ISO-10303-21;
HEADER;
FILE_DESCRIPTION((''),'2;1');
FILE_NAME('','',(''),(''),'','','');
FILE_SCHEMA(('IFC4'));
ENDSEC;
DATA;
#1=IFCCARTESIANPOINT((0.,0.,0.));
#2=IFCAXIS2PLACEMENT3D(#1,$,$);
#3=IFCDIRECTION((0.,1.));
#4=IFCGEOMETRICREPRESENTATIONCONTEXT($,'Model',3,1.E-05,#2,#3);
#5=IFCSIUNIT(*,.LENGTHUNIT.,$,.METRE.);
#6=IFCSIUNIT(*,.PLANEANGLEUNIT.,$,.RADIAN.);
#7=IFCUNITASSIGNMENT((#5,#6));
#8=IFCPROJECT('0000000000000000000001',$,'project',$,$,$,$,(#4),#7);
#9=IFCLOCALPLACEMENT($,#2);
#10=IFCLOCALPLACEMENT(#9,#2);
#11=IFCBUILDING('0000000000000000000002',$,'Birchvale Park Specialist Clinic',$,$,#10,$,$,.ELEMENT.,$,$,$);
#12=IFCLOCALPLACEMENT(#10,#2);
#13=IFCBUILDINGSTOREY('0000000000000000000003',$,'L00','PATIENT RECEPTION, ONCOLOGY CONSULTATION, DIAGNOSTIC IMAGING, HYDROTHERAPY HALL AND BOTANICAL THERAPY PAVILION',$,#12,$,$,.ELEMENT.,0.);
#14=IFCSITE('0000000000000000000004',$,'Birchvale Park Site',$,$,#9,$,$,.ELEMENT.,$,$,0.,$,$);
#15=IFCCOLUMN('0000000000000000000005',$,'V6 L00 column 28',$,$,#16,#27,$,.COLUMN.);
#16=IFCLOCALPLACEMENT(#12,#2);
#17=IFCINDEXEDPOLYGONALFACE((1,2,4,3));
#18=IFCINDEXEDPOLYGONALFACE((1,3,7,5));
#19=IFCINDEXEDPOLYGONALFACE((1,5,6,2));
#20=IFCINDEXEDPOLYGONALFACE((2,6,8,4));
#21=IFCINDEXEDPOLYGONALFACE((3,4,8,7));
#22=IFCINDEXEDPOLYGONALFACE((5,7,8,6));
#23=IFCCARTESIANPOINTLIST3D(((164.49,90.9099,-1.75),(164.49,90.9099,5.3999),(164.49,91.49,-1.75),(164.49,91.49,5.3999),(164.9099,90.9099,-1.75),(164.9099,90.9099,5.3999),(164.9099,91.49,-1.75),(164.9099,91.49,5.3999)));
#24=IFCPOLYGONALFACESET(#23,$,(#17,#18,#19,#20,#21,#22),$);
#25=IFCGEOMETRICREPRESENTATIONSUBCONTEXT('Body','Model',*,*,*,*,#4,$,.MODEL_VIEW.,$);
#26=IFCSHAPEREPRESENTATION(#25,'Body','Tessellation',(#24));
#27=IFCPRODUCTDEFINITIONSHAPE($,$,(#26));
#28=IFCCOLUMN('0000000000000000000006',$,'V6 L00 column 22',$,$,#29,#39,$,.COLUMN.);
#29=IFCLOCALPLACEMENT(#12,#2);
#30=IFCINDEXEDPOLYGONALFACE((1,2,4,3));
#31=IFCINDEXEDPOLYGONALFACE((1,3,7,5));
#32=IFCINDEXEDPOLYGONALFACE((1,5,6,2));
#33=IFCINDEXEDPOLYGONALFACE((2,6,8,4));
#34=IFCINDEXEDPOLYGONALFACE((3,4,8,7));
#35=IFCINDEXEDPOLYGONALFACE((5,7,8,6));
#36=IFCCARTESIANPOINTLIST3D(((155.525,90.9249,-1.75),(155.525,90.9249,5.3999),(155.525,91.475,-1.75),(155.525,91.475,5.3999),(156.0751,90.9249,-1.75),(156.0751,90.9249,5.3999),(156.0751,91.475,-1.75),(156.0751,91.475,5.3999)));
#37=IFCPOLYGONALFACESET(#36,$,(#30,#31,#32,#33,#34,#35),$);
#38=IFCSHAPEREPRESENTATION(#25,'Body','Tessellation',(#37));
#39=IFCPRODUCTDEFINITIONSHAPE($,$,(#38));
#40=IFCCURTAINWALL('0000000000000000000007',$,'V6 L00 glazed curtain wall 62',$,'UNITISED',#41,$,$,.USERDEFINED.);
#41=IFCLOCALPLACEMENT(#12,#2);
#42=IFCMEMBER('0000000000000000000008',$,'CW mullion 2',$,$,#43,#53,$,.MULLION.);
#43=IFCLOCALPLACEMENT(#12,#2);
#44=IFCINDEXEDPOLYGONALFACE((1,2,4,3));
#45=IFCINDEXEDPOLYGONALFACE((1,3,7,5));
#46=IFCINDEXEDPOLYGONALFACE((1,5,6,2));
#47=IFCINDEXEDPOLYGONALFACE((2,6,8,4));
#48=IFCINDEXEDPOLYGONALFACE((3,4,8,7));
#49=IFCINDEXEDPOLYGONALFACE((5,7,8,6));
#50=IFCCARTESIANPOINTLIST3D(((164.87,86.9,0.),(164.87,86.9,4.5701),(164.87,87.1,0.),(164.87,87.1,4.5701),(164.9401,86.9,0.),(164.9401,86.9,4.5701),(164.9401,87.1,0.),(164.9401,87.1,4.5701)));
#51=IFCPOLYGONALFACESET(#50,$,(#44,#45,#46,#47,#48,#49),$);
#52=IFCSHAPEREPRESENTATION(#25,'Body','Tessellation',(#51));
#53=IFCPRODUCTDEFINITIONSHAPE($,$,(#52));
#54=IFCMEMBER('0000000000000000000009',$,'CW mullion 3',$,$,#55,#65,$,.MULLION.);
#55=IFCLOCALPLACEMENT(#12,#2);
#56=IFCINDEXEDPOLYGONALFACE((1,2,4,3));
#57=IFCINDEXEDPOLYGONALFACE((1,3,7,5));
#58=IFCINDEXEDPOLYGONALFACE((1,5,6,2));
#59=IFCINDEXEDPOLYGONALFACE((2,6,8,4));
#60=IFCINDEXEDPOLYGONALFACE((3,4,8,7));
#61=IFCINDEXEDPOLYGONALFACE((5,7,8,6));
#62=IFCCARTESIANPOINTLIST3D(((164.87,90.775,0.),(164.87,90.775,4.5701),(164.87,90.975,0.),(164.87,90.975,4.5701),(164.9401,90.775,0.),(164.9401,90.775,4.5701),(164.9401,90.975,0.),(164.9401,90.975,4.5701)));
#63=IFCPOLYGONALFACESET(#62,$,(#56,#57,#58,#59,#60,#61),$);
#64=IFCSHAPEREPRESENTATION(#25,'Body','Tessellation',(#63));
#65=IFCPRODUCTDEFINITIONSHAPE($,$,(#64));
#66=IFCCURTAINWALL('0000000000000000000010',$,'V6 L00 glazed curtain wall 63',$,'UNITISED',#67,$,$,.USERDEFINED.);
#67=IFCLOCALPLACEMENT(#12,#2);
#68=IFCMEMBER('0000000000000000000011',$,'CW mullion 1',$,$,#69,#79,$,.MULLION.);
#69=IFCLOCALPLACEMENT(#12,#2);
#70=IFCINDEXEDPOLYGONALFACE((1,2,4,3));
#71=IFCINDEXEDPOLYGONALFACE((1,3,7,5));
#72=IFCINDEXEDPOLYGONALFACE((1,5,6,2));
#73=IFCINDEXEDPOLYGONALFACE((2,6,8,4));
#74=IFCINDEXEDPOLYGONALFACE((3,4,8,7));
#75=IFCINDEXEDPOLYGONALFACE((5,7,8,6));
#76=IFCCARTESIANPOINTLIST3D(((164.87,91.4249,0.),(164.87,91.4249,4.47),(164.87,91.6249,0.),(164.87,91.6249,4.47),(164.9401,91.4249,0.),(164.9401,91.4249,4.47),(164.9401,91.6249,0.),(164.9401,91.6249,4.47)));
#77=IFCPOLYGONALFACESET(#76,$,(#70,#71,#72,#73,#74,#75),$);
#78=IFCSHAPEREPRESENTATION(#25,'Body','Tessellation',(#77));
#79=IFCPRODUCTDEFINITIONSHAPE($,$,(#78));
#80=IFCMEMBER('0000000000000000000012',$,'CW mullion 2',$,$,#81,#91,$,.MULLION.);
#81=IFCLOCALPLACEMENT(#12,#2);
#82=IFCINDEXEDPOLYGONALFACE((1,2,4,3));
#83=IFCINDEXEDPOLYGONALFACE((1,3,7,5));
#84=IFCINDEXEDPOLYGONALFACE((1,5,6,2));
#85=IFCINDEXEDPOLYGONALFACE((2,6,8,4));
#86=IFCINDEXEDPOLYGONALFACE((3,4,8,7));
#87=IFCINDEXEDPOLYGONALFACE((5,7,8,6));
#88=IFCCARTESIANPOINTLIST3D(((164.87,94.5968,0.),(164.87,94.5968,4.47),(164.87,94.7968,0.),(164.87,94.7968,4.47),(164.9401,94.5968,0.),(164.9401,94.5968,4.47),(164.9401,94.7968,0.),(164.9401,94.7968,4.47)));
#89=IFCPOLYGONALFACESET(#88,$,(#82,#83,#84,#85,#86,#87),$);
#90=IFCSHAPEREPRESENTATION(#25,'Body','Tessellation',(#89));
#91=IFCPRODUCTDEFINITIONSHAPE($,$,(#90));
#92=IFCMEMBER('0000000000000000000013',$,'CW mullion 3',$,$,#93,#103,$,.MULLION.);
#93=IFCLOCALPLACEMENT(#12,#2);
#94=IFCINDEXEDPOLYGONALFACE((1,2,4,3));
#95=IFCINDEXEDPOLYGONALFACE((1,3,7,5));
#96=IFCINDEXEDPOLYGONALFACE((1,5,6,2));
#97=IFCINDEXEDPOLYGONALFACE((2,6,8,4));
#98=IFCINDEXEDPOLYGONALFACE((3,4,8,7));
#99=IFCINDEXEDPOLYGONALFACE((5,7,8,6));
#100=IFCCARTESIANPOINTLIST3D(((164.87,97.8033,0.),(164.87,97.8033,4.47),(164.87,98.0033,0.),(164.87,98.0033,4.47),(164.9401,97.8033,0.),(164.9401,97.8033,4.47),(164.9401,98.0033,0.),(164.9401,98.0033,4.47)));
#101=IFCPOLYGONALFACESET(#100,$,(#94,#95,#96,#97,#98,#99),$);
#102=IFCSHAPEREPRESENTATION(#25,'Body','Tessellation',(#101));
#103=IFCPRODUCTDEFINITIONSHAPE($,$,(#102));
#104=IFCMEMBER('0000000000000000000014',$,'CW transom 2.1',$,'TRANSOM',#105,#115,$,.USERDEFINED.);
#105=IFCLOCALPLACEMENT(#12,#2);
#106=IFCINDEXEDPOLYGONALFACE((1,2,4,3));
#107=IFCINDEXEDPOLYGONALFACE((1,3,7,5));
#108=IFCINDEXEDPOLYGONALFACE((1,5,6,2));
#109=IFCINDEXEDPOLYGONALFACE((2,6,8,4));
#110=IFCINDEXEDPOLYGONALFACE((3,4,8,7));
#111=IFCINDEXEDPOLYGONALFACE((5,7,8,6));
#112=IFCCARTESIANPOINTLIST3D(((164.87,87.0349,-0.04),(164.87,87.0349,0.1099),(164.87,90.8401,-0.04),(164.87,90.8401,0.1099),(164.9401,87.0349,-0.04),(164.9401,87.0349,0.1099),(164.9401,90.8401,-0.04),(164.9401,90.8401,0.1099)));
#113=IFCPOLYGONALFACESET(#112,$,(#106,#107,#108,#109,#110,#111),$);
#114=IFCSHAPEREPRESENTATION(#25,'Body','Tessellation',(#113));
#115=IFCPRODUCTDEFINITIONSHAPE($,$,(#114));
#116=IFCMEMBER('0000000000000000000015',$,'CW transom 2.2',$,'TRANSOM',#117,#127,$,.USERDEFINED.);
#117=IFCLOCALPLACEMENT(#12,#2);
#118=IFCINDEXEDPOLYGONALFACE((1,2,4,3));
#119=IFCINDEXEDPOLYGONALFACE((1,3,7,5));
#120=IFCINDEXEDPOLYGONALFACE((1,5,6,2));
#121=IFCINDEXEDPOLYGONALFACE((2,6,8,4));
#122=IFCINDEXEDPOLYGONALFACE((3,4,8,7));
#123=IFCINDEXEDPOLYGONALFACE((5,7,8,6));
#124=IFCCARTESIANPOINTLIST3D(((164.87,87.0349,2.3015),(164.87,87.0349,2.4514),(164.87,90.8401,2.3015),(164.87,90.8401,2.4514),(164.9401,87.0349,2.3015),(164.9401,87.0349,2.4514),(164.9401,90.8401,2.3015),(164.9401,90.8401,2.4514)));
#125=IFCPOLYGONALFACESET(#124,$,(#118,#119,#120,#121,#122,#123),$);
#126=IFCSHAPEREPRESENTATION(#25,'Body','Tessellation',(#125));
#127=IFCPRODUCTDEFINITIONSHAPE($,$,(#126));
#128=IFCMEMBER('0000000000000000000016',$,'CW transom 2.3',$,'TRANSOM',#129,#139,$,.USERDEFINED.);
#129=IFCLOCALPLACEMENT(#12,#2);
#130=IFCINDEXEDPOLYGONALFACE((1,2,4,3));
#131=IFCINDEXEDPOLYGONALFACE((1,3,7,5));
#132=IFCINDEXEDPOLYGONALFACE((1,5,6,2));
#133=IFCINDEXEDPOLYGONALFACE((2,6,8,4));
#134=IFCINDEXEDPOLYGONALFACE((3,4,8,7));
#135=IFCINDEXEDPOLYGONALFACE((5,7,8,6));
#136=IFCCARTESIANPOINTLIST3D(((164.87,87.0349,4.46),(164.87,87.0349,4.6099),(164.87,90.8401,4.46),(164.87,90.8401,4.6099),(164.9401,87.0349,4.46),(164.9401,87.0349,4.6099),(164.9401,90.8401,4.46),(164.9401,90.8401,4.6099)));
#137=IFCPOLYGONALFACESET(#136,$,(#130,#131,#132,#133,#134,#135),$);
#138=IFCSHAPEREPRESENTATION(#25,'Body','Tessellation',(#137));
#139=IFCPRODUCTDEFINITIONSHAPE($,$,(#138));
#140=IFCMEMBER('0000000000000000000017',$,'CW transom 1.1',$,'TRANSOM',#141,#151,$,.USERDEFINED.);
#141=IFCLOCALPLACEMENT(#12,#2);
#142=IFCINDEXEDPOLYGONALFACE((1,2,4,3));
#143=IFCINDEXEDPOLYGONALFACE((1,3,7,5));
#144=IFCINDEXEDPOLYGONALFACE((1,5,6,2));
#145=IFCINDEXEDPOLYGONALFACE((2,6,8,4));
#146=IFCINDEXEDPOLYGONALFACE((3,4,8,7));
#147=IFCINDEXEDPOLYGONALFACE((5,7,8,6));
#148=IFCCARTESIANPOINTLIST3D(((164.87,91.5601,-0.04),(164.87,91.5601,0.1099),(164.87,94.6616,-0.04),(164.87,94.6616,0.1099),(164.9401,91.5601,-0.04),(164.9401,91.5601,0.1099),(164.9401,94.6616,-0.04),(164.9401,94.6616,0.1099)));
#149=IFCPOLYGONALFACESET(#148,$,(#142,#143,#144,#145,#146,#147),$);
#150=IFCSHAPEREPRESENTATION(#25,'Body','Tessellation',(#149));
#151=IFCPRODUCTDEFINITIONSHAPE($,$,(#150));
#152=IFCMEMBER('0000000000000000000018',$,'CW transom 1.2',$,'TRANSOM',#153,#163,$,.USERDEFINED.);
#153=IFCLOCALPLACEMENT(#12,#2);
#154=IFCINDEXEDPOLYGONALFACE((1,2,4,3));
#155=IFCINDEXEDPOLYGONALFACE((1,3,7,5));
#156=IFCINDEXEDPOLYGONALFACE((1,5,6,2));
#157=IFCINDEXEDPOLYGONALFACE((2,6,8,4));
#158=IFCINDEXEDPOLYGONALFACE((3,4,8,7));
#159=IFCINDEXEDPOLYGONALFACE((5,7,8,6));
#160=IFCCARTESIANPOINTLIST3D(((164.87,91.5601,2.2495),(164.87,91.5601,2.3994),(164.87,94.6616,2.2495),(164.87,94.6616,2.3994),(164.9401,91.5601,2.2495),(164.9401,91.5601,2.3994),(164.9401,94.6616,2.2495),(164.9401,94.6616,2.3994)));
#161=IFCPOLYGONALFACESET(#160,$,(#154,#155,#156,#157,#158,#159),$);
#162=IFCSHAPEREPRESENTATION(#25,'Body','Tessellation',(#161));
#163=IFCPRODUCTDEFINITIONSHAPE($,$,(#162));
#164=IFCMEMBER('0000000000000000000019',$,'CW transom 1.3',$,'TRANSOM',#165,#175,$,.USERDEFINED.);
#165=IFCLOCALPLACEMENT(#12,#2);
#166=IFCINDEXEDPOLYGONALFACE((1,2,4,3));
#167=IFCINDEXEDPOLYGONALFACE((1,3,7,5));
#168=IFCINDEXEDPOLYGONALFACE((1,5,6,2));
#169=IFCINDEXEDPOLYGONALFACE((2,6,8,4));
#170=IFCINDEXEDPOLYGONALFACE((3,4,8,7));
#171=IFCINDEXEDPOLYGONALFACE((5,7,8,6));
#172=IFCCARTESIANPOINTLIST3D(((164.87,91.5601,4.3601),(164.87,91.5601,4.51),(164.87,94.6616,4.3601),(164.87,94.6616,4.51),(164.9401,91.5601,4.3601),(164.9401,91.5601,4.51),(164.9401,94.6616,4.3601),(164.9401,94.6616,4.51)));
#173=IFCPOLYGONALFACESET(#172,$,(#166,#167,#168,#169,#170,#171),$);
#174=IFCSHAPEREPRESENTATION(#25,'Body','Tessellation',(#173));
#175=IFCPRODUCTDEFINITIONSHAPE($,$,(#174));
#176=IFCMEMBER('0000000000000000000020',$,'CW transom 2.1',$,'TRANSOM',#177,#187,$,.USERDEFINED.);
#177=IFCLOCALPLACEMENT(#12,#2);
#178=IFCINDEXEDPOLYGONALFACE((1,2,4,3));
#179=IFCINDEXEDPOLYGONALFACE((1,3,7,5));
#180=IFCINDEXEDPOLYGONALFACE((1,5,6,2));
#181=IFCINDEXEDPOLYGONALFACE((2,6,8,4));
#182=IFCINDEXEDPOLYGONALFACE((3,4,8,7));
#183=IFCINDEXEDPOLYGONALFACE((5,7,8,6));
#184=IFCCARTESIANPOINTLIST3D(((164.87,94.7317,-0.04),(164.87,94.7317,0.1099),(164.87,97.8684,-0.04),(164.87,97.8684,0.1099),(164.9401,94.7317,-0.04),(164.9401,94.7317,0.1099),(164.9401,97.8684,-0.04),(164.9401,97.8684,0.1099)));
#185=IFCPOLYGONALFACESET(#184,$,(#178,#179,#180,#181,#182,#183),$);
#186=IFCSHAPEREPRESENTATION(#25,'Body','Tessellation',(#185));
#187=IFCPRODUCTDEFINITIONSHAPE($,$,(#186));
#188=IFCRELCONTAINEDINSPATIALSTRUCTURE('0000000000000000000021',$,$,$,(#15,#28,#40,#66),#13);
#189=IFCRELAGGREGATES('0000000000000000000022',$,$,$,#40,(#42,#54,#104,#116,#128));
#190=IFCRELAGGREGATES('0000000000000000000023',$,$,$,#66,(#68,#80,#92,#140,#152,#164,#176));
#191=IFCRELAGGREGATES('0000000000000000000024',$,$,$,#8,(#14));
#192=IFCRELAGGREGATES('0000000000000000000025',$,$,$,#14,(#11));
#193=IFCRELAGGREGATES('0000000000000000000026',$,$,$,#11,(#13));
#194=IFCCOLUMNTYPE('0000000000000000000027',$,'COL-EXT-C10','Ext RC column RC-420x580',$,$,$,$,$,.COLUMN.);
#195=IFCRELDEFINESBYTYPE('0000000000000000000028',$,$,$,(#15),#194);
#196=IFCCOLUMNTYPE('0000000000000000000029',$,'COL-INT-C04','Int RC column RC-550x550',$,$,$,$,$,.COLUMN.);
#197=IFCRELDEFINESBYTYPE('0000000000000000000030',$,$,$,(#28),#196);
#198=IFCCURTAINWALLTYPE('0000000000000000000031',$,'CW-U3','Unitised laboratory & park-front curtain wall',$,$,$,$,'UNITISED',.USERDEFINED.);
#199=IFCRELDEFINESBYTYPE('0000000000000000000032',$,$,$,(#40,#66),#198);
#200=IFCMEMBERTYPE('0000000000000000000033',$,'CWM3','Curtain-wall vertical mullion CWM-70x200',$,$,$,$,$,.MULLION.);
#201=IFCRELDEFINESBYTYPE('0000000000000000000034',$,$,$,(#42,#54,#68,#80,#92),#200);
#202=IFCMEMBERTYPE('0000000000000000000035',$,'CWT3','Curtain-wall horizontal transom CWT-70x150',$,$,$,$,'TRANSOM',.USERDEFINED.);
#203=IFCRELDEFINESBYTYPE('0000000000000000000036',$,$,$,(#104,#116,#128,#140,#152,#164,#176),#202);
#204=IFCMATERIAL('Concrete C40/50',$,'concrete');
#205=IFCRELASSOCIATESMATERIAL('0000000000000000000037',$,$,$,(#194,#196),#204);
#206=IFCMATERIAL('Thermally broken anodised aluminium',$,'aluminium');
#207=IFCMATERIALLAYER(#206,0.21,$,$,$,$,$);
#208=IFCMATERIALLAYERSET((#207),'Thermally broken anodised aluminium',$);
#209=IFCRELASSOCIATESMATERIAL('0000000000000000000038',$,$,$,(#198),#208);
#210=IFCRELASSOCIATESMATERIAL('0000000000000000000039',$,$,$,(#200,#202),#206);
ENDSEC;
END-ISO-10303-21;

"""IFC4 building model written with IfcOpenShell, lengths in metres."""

from ifc_helpers import new_model, si_unit, direction, frame, origin, origin_2d, place, context, subcontext, project, spatial, rectangle, extrude, material, layer, layer_set, material_profile, profile_set, type_object, element, aggregate, save


model = new_model("IFC4")

# Units and contexts
model_context = context("Model", 3, precision=1e-05, world=origin(), true_north=direction((0.0, 1.0)))
body_context = subcontext(model_context, "Body", "Model", "MODEL_VIEW")
ifc_project = project(units=[si_unit("LENGTHUNIT", "METRE"), si_unit("PLANEANGLEUNIT", "RADIAN")], contexts=[model_context])

# Site, building, storey
site_placement = place(None, origin())
site = spatial("IfcSite", under=ifc_project, at=site_placement, Name="Birchvale Park Site", CompositionType="ELEMENT", RefElevation=0.0)
building_placement = place(site_placement, origin())
building = spatial("IfcBuilding", under=site, at=building_placement, Name="Birchvale Park Specialist Clinic", CompositionType="ELEMENT")
storey_placement = place(building_placement, origin())
storey = spatial("IfcBuildingStorey", under=building, at=storey_placement, Name="L00", Description="PATIENT RECEPTION, ONCOLOGY CONSULTATION, DIAGNOSTIC IMAGING, HYDROTHERAPY HALL AND BOTANICAL THERAPY PAVILION", CompositionType="ELEMENT", Elevation=0.0)

# Shared definitions
ifc_material_1 = material(Name="Concrete C40/50", Category="concrete")

# Columns
ifc_material_profile_1 = material_profile(ifc_material_1, rectangle(XDim=0.4199, YDim=0.5801, at=origin_2d()), Name="RC-420x580")
ifc_profile_set_1 = profile_set([ifc_material_profile_1], Name="Concrete C40/50")
column_type_1 = type_object("IfcColumnType", Name="COL-EXT-C10", Description="Ext RC column RC-420x580", PredefinedType="COLUMN", material=ifc_profile_set_1)
column_1_placement = place(storey_placement, frame((164.7, 91.2, -1.75), z_axis=(0.0, 0.0, 1.0), x_axis=(1.0, 0.0, 0.0)))
element("IfcColumn", 1, at=column_1_placement, inside=storey, type_object=column_type_1, Name="V6 L00 column 28", PredefinedType="COLUMN", context=body_context, shape_type="SweptSolid", body=[
    extrude(rectangle(XDim=0.4199, YDim=0.5801, at=origin_2d()), origin(), (0.0, 0.0, 1.0), 7.1499),
])
ifc_material_profile_2 = material_profile(ifc_material_1, rectangle(XDim=0.55, YDim=0.55, at=origin_2d()), Name="RC-550x550")
ifc_profile_set_2 = profile_set([ifc_material_profile_2], Name="Concrete C40/50")
column_type_2 = type_object("IfcColumnType", Name="COL-INT-C04", Description="Int RC column RC-550x550", PredefinedType="COLUMN", material=ifc_profile_set_2)
column_2_placement = place(storey_placement, frame((155.8, 91.2, -1.75), z_axis=(0.0, 0.0, 1.0), x_axis=(1.0, 0.0, 0.0)))
element("IfcColumn", 2, at=column_2_placement, inside=storey, type_object=column_type_2, Name="V6 L00 column 22", PredefinedType="COLUMN", context=body_context, shape_type="SweptSolid", body=[
    extrude(rectangle(XDim=0.55, YDim=0.55, at=origin_2d()), origin(), (0.0, 0.0, 1.0), 7.1499),
])

# Curtain walls, members
ifc_material_2 = material(Name="Thermally broken anodised aluminium", Category="aluminium")
ifc_layer_1 = layer(ifc_material_2, 0.21)
ifc_layer_set_1 = layer_set([ifc_layer_1], Name="Thermally broken anodised aluminium")
curtain_wall_type = type_object("IfcCurtainWallType", Name="CW-U3", Description="Unitised laboratory & park-front curtain wall", ElementType="UNITISED", PredefinedType="USERDEFINED", material=ifc_layer_set_1)
curtain_wall_1_placement = place(storey_placement, origin())
curtain_wall_1 = element("IfcCurtainWall", 3, at=curtain_wall_1_placement, inside=storey, type_object=curtain_wall_type, Name="V6 L00 glazed curtain wall 62", ObjectType="UNITISED", PredefinedType="USERDEFINED")
ifc_material_profile_3 = material_profile(ifc_material_2, rectangle(XDim=0.0701, YDim=0.2, at=origin_2d()), Name="CWM-70x200")
ifc_profile_set_3 = profile_set([ifc_material_profile_3], Name="Thermally broken anodised aluminium")
member_type_1 = type_object("IfcMemberType", Name="CWM3", Description="Curtain-wall vertical mullion CWM-70x200", PredefinedType="MULLION", material=ifc_profile_set_3)
member_1_placement = place(storey_placement, frame((164.905, 87.0, 0.0), z_axis=(0.0, 0.0, 1.0), x_axis=(-1.0, 0.0, 0.0)))
member_1 = element("IfcMember", 4, at=member_1_placement, type_object=member_type_1, Name="CW mullion 2", PredefinedType="MULLION", context=body_context, shape_type="SweptSolid", body=[
    extrude(rectangle(XDim=0.0701, YDim=0.2, at=origin_2d()), origin(), (0.0, 0.0, 1.0), 4.5701),
])
member_2_placement = place(storey_placement, frame((164.905, 90.875, 0.0), z_axis=(0.0, 0.0, 1.0), x_axis=(-1.0, 0.0, 0.0)))
member_2 = element("IfcMember", 5, at=member_2_placement, type_object=member_type_1, Name="CW mullion 3", PredefinedType="MULLION", context=body_context, shape_type="SweptSolid", body=[
    extrude(rectangle(XDim=0.0701, YDim=0.2, at=origin_2d()), origin(), (0.0, 0.0, 1.0), 4.5701),
])
curtain_wall_2_placement = place(storey_placement, origin())
curtain_wall_2 = element("IfcCurtainWall", 6, at=curtain_wall_2_placement, inside=storey, type_object=curtain_wall_type, Name="V6 L00 glazed curtain wall 63", ObjectType="UNITISED", PredefinedType="USERDEFINED")
member_3_placement = place(storey_placement, frame((164.905, 91.5249, 0.0), z_axis=(0.0, 0.0, 1.0), x_axis=(-1.0, 0.0, 0.0)))
member_3 = element("IfcMember", 7, at=member_3_placement, type_object=member_type_1, Name="CW mullion 1", PredefinedType="MULLION", context=body_context, shape_type="SweptSolid", body=[
    extrude(rectangle(XDim=0.0701, YDim=0.2, at=origin_2d()), origin(), (0.0, 0.0, 1.0), 4.47),
])
member_4_placement = place(storey_placement, frame((164.905, 94.6968, 0.0), z_axis=(0.0, 0.0, 1.0), x_axis=(-1.0, 0.0, 0.0)))
member_4 = element("IfcMember", 8, at=member_4_placement, type_object=member_type_1, Name="CW mullion 2", PredefinedType="MULLION", context=body_context, shape_type="SweptSolid", body=[
    extrude(rectangle(XDim=0.0701, YDim=0.2, at=origin_2d()), origin(), (0.0, 0.0, 1.0), 4.47),
])
member_5_placement = place(storey_placement, frame((164.905, 97.9033, 0.0), z_axis=(0.0, 0.0, 1.0), x_axis=(-1.0, 0.0, 0.0)))
member_5 = element("IfcMember", 9, at=member_5_placement, type_object=member_type_1, Name="CW mullion 3", PredefinedType="MULLION", context=body_context, shape_type="SweptSolid", body=[
    extrude(rectangle(XDim=0.0701, YDim=0.2, at=origin_2d()), origin(), (0.0, 0.0, 1.0), 4.47),
])

# Members
ifc_material_profile_4 = material_profile(ifc_material_2, rectangle(XDim=0.0701, YDim=0.1499, at=origin_2d()), Name="CWT-70x150")
ifc_profile_set_4 = profile_set([ifc_material_profile_4], Name="Thermally broken anodised aluminium")
member_type_2 = type_object("IfcMemberType", Name="CWT3", Description="Curtain-wall horizontal transom CWT-70x150", ElementType="TRANSOM", PredefinedType="USERDEFINED", material=ifc_profile_set_4)
member_6_placement = place(storey_placement, frame((164.905, 87.0349, 0.0349), z_axis=(0.0, 1.0, 0.0), x_axis=(-1.0, 0.0, 0.0)))
member_6 = element("IfcMember", 10, at=member_6_placement, type_object=member_type_2, Name="CW transom 2.1", ObjectType="TRANSOM", PredefinedType="USERDEFINED", context=body_context, shape_type="SweptSolid", body=[
    extrude(rectangle(XDim=0.0701, YDim=0.1499, at=origin_2d()), origin(), (0.0, 0.0, 1.0), 3.8052),
])
member_7_placement = place(storey_placement, frame((164.905, 87.0349, 2.3765), z_axis=(0.0, 1.0, 0.0), x_axis=(-1.0, 0.0, 0.0)))
member_7 = element("IfcMember", 11, at=member_7_placement, type_object=member_type_2, Name="CW transom 2.2", ObjectType="TRANSOM", PredefinedType="USERDEFINED", context=body_context, shape_type="SweptSolid", body=[
    extrude(rectangle(XDim=0.0701, YDim=0.1499, at=origin_2d()), origin(), (0.0, 0.0, 1.0), 3.8052),
])
member_8_placement = place(storey_placement, frame((164.905, 87.0349, 4.5349), z_axis=(0.0, 1.0, 0.0), x_axis=(-1.0, 0.0, 0.0)))
member_8 = element("IfcMember", 12, at=member_8_placement, type_object=member_type_2, Name="CW transom 2.3", ObjectType="TRANSOM", PredefinedType="USERDEFINED", context=body_context, shape_type="SweptSolid", body=[
    extrude(rectangle(XDim=0.0701, YDim=0.1499, at=origin_2d()), origin(), (0.0, 0.0, 1.0), 3.8052),
])
member_9_placement = place(storey_placement, frame((164.905, 91.5601, 0.0349), z_axis=(0.0, 1.0, 0.0), x_axis=(-1.0, 0.0, 0.0)))
member_9 = element("IfcMember", 13, at=member_9_placement, type_object=member_type_2, Name="CW transom 1.1", ObjectType="TRANSOM", PredefinedType="USERDEFINED", context=body_context, shape_type="SweptSolid", body=[
    extrude(rectangle(XDim=0.0701, YDim=0.1499, at=origin_2d()), origin(), (0.0, 0.0, 1.0), 3.1016),
])
member_10_placement = place(storey_placement, frame((164.905, 91.5601, 2.3245), z_axis=(0.0, 1.0, 0.0), x_axis=(-1.0, 0.0, 0.0)))
member_10 = element("IfcMember", 14, at=member_10_placement, type_object=member_type_2, Name="CW transom 1.2", ObjectType="TRANSOM", PredefinedType="USERDEFINED", context=body_context, shape_type="SweptSolid", body=[
    extrude(rectangle(XDim=0.0701, YDim=0.1499, at=origin_2d()), origin(), (0.0, 0.0, 1.0), 3.1016),
])
member_11_placement = place(storey_placement, frame((164.905, 91.5601, 4.4351), z_axis=(0.0, 1.0, 0.0), x_axis=(-1.0, 0.0, 0.0)))
member_11 = element("IfcMember", 15, at=member_11_placement, type_object=member_type_2, Name="CW transom 1.3", ObjectType="TRANSOM", PredefinedType="USERDEFINED", context=body_context, shape_type="SweptSolid", body=[
    extrude(rectangle(XDim=0.0701, YDim=0.1499, at=origin_2d()), origin(), (0.0, 0.0, 1.0), 3.1016),
])
member_12_placement = place(storey_placement, frame((164.905, 94.7317, 0.0349), z_axis=(0.0, 1.0, 0.0), x_axis=(-1.0, 0.0, 0.0)))
member_12 = element("IfcMember", 16, at=member_12_placement, type_object=member_type_2, Name="CW transom 2.1", ObjectType="TRANSOM", PredefinedType="USERDEFINED", context=body_context, shape_type="SweptSolid", body=[
    extrude(rectangle(XDim=0.0701, YDim=0.1499, at=origin_2d()), origin(), (0.0, 0.0, 1.0), 3.1367),
])

aggregate(curtain_wall_1, [member_1, member_2, member_6, member_7, member_8])
aggregate(curtain_wall_2, [member_3, member_4, member_5, member_9, member_10, member_11, member_12])

save(model, "model.ifc")
